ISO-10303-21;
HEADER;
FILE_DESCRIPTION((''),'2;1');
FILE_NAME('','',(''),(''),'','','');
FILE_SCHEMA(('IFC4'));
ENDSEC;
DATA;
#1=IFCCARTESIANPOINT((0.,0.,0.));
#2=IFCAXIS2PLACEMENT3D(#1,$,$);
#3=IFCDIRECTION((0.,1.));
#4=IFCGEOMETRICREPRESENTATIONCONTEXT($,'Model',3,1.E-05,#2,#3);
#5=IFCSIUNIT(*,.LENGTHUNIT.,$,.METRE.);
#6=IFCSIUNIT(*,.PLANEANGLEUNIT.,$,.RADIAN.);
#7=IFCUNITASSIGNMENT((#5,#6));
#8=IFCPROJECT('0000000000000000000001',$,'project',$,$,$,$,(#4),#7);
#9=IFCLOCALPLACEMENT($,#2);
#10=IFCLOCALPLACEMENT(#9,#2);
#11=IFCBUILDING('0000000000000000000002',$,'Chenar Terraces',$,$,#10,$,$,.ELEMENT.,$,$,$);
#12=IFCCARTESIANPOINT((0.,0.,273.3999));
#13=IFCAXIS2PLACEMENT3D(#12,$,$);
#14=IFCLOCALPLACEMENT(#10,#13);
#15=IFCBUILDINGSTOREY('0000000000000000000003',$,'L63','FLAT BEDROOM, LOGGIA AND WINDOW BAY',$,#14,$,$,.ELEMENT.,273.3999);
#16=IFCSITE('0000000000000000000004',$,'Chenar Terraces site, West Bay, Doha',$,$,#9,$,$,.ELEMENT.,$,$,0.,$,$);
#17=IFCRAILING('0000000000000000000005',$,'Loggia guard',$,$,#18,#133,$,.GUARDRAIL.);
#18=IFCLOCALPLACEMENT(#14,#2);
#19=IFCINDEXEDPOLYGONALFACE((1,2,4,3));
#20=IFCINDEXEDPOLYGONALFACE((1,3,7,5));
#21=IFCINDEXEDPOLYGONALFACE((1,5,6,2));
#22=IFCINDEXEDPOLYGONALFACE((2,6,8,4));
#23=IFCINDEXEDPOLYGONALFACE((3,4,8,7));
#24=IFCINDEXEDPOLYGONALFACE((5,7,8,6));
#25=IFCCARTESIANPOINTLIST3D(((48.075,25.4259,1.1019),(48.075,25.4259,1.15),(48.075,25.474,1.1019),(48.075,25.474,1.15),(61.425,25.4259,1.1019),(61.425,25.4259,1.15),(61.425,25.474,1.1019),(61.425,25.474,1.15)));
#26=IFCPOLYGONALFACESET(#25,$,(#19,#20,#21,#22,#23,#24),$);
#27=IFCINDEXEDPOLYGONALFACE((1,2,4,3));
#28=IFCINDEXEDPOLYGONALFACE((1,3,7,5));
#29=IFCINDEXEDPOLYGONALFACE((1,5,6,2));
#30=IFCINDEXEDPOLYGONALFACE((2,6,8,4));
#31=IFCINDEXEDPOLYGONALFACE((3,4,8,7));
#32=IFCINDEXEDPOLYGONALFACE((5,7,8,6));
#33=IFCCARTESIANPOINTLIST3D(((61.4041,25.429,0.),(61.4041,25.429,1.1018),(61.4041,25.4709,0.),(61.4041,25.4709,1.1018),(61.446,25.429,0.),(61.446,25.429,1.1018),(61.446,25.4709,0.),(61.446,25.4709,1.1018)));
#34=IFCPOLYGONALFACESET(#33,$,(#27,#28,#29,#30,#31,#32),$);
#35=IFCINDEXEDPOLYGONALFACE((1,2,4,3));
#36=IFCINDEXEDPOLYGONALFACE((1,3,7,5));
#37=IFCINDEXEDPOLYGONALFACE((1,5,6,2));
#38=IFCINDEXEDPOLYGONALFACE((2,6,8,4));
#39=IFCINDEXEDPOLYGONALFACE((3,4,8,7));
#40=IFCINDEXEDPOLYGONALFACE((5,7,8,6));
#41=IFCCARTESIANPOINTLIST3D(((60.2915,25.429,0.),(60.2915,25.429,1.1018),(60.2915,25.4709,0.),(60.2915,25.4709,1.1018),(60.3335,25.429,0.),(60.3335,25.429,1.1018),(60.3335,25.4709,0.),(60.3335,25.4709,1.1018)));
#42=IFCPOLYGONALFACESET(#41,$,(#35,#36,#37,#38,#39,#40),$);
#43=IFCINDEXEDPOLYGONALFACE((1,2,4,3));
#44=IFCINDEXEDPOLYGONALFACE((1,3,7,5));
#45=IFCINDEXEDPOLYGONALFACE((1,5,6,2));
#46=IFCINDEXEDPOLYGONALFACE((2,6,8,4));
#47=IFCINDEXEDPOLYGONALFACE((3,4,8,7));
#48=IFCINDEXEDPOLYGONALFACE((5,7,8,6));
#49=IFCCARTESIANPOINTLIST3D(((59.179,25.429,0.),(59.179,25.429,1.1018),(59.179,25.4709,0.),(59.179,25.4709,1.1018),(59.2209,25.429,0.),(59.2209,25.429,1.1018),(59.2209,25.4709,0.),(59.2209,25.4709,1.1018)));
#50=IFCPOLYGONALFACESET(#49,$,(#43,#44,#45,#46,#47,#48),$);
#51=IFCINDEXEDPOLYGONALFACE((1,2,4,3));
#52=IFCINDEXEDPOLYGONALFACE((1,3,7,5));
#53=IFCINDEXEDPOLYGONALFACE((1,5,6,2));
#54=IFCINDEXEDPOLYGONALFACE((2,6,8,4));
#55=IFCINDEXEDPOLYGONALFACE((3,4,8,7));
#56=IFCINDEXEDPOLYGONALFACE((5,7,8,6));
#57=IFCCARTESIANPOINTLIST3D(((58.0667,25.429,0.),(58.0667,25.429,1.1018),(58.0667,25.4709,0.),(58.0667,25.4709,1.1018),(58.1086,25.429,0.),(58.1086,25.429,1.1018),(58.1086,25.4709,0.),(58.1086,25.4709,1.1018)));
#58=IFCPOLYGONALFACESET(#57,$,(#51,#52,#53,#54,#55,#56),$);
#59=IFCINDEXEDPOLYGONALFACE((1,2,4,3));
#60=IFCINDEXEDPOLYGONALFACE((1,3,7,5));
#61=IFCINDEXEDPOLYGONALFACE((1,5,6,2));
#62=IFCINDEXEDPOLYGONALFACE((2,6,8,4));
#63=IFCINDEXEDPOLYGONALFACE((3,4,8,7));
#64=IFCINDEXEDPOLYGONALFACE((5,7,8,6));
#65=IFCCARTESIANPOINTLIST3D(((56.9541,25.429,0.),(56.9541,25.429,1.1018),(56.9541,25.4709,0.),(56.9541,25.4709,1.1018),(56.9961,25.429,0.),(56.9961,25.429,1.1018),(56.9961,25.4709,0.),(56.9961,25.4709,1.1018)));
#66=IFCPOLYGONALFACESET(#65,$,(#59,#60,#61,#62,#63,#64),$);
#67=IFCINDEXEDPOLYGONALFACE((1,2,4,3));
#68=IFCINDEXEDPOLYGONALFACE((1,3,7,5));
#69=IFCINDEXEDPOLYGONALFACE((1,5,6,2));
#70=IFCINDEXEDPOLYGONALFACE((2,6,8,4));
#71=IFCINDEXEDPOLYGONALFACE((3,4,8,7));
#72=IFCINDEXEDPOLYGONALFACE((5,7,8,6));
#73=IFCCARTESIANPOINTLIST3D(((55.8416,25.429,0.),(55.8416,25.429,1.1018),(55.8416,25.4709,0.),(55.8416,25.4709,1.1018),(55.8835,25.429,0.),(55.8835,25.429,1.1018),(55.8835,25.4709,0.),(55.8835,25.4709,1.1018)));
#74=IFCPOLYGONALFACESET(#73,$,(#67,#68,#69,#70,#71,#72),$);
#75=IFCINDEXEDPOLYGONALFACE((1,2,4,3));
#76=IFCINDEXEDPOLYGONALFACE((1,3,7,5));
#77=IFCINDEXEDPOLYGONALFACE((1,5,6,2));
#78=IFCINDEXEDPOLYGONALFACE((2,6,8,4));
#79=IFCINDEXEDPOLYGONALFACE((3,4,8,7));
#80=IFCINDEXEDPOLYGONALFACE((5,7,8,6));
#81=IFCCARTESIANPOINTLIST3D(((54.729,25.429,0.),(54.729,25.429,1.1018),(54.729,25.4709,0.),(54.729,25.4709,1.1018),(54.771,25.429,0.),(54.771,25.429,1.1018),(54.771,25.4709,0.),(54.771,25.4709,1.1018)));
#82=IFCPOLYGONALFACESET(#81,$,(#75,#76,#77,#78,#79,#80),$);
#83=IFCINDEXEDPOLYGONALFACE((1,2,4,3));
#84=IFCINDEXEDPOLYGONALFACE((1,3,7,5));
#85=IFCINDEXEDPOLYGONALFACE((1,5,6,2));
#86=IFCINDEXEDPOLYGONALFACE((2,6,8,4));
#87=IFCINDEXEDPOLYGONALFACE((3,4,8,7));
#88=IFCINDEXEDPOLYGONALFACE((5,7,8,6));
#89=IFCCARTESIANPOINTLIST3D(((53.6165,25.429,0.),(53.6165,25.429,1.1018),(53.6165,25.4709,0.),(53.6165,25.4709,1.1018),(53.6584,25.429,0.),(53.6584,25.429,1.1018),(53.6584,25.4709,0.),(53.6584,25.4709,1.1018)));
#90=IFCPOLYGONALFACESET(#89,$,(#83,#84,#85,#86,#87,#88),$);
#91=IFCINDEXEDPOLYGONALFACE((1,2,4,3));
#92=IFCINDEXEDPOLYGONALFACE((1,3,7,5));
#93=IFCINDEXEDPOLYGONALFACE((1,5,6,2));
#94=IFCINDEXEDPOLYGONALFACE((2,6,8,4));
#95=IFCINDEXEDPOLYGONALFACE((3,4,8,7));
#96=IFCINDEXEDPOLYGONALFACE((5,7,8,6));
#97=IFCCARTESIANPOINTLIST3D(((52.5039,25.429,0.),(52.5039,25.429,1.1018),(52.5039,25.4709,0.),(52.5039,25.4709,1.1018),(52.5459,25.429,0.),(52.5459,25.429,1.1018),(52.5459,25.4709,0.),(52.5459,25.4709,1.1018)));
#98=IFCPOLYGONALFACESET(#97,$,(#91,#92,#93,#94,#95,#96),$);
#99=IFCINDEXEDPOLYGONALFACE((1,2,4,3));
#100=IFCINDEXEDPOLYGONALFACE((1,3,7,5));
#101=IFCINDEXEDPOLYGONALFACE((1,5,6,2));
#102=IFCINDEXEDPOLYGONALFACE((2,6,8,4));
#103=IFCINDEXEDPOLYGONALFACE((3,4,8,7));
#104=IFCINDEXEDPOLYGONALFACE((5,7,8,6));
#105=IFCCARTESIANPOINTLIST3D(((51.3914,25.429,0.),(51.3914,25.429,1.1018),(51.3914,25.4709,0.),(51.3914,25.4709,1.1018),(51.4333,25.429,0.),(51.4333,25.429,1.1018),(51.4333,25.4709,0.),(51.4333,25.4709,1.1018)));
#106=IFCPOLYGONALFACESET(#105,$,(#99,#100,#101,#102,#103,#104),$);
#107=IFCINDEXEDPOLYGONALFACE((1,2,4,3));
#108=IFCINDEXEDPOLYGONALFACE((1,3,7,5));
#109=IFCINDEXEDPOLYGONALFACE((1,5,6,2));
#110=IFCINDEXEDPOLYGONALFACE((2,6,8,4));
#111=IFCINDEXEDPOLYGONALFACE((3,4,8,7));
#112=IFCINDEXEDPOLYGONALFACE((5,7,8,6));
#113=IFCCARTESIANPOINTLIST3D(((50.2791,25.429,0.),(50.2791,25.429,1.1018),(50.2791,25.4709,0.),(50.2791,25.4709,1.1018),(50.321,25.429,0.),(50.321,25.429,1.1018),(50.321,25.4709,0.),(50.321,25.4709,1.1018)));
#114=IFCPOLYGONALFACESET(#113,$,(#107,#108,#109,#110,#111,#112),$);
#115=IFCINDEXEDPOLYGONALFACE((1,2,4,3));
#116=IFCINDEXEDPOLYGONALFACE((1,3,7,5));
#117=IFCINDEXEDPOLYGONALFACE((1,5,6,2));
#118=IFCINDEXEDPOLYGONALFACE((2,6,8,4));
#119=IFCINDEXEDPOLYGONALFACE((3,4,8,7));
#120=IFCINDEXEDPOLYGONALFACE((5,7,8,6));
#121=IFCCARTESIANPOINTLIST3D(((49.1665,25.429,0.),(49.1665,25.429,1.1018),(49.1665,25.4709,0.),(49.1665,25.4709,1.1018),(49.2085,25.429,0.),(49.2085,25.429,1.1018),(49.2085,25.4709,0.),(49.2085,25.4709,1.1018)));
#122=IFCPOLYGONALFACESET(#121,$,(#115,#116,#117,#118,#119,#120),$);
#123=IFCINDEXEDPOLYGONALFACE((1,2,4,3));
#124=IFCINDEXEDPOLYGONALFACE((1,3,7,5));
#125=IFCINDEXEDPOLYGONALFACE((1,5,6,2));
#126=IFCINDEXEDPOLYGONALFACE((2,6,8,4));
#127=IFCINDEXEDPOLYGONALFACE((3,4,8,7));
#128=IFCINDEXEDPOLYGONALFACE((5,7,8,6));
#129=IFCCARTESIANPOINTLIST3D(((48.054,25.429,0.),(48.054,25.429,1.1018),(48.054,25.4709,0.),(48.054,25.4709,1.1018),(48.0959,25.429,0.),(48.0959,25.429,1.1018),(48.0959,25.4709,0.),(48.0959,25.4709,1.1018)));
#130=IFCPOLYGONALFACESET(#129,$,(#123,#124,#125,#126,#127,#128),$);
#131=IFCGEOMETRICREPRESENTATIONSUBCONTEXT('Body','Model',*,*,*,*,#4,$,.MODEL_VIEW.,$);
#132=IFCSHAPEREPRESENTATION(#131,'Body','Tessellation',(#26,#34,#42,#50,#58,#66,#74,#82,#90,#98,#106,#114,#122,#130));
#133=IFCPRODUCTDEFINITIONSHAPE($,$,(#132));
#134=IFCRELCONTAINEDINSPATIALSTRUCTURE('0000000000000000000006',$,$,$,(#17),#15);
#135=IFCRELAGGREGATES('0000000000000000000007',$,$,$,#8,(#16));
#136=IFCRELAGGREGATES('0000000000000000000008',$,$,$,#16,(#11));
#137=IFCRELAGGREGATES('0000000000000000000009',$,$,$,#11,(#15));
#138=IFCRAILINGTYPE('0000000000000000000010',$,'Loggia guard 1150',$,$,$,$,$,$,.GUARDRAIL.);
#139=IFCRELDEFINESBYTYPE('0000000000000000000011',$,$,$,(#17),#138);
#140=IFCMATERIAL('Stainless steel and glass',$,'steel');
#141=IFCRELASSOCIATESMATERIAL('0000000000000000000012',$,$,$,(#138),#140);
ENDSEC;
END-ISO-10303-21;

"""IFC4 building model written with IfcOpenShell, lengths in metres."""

from ifc_helpers import new_model, si_unit, direction, frame, origin, origin_2d, place, context, subcontext, project, spatial, rectangle, extrude, material, type_object, element, save


model = new_model("IFC4")

# Units and contexts
model_context = context("Model", 3, precision=1e-05, world=origin(), true_north=direction((0.0, 1.0)))
body_context = subcontext(model_context, "Body", "Model", "MODEL_VIEW")
ifc_project = project(units=[si_unit("LENGTHUNIT", "METRE"), si_unit("PLANEANGLEUNIT", "RADIAN")], contexts=[model_context])

# Site, building, storey
site_placement = place(None, origin())
site = spatial("IfcSite", under=ifc_project, at=site_placement, Name="Chenar Terraces site, West Bay, Doha", CompositionType="ELEMENT", RefElevation=0.0)
building_placement = place(site_placement, origin())
building = spatial("IfcBuilding", under=site, at=building_placement, Name="Chenar Terraces", CompositionType="ELEMENT")
storey_placement = place(building_placement, frame((0.0, 0.0, 273.3999)))
storey = spatial("IfcBuildingStorey", under=building, at=storey_placement, Name="L63", Description="FLAT BEDROOM, LOGGIA AND WINDOW BAY", CompositionType="ELEMENT", Elevation=273.3999)

# Railing
ifc_material_1 = material(Name="Stainless steel and glass", Category="steel")
railing_type_1 = type_object("IfcRailingType", Name="Loggia guard 1150", PredefinedType="GUARDRAIL", material=ifc_material_1)
railing_1_placement = place(storey_placement, frame((61.425, 25.45, 0.0)))
element("IfcRailing", 1, at=railing_1_placement, inside=storey, type_object=railing_type_1, Name="Loggia guard", PredefinedType="GUARDRAIL", context=body_context, shape_type="SweptSolid", body=[
    extrude(rectangle(XDim=0.0481, YDim=0.0481, at=origin_2d()), frame((0.0, 0.0, 1.126), z_axis=(-1.0, 0.0, 0.0), x_axis=(0.0, -1.0, 0.0)), (0.0, 0.0, 1.0), 13.3501),
    extrude(rectangle(XDim=0.042, YDim=0.042, at=origin_2d()), origin(), (0.0, 0.0, 1.0), 1.1018),
    extrude(rectangle(XDim=0.042, YDim=0.042, at=origin_2d()), frame((-1.1125, 0.0, 0.0)), (0.0, 0.0, 1.0), 1.1018),
    extrude(rectangle(XDim=0.042, YDim=0.042, at=origin_2d()), frame((-2.2251, 0.0, 0.0)), (0.0, 0.0, 1.0), 1.1018),
    extrude(rectangle(XDim=0.042, YDim=0.042, at=origin_2d()), frame((-3.3374, 0.0, 0.0)), (0.0, 0.0, 1.0), 1.1018),
    extrude(rectangle(XDim=0.042, YDim=0.042, at=origin_2d()), frame((-4.45, 0.0, 0.0)), (0.0, 0.0, 1.0), 1.1018),
    extrude(rectangle(XDim=0.042, YDim=0.042, at=origin_2d()), frame((-5.5625, 0.0, 0.0)), (0.0, 0.0, 1.0), 1.1018),
    extrude(rectangle(XDim=0.042, YDim=0.042, at=origin_2d()), frame((-6.675, 0.0, 0.0)), (0.0, 0.0, 1.0), 1.1018),
    extrude(rectangle(XDim=0.042, YDim=0.042, at=origin_2d()), frame((-7.7876, 0.0, 0.0)), (0.0, 0.0, 1.0), 1.1018),
    extrude(rectangle(XDim=0.042, YDim=0.042, at=origin_2d()), frame((-8.9001, 0.0, 0.0)), (0.0, 0.0, 1.0), 1.1018),
    extrude(rectangle(XDim=0.042, YDim=0.042, at=origin_2d()), frame((-10.0127, 0.0, 0.0)), (0.0, 0.0, 1.0), 1.1018),
    extrude(rectangle(XDim=0.042, YDim=0.042, at=origin_2d()), frame((-11.125, 0.0, 0.0)), (0.0, 0.0, 1.0), 1.1018),
    extrude(rectangle(XDim=0.042, YDim=0.042, at=origin_2d()), frame((-12.2375, 0.0, 0.0)), (0.0, 0.0, 1.0), 1.1018),
    extrude(rectangle(XDim=0.042, YDim=0.042, at=origin_2d()), frame((-13.3501, 0.0, 0.0)), (0.0, 0.0, 1.0), 1.1018),
])

save(model, "model.ifc")
